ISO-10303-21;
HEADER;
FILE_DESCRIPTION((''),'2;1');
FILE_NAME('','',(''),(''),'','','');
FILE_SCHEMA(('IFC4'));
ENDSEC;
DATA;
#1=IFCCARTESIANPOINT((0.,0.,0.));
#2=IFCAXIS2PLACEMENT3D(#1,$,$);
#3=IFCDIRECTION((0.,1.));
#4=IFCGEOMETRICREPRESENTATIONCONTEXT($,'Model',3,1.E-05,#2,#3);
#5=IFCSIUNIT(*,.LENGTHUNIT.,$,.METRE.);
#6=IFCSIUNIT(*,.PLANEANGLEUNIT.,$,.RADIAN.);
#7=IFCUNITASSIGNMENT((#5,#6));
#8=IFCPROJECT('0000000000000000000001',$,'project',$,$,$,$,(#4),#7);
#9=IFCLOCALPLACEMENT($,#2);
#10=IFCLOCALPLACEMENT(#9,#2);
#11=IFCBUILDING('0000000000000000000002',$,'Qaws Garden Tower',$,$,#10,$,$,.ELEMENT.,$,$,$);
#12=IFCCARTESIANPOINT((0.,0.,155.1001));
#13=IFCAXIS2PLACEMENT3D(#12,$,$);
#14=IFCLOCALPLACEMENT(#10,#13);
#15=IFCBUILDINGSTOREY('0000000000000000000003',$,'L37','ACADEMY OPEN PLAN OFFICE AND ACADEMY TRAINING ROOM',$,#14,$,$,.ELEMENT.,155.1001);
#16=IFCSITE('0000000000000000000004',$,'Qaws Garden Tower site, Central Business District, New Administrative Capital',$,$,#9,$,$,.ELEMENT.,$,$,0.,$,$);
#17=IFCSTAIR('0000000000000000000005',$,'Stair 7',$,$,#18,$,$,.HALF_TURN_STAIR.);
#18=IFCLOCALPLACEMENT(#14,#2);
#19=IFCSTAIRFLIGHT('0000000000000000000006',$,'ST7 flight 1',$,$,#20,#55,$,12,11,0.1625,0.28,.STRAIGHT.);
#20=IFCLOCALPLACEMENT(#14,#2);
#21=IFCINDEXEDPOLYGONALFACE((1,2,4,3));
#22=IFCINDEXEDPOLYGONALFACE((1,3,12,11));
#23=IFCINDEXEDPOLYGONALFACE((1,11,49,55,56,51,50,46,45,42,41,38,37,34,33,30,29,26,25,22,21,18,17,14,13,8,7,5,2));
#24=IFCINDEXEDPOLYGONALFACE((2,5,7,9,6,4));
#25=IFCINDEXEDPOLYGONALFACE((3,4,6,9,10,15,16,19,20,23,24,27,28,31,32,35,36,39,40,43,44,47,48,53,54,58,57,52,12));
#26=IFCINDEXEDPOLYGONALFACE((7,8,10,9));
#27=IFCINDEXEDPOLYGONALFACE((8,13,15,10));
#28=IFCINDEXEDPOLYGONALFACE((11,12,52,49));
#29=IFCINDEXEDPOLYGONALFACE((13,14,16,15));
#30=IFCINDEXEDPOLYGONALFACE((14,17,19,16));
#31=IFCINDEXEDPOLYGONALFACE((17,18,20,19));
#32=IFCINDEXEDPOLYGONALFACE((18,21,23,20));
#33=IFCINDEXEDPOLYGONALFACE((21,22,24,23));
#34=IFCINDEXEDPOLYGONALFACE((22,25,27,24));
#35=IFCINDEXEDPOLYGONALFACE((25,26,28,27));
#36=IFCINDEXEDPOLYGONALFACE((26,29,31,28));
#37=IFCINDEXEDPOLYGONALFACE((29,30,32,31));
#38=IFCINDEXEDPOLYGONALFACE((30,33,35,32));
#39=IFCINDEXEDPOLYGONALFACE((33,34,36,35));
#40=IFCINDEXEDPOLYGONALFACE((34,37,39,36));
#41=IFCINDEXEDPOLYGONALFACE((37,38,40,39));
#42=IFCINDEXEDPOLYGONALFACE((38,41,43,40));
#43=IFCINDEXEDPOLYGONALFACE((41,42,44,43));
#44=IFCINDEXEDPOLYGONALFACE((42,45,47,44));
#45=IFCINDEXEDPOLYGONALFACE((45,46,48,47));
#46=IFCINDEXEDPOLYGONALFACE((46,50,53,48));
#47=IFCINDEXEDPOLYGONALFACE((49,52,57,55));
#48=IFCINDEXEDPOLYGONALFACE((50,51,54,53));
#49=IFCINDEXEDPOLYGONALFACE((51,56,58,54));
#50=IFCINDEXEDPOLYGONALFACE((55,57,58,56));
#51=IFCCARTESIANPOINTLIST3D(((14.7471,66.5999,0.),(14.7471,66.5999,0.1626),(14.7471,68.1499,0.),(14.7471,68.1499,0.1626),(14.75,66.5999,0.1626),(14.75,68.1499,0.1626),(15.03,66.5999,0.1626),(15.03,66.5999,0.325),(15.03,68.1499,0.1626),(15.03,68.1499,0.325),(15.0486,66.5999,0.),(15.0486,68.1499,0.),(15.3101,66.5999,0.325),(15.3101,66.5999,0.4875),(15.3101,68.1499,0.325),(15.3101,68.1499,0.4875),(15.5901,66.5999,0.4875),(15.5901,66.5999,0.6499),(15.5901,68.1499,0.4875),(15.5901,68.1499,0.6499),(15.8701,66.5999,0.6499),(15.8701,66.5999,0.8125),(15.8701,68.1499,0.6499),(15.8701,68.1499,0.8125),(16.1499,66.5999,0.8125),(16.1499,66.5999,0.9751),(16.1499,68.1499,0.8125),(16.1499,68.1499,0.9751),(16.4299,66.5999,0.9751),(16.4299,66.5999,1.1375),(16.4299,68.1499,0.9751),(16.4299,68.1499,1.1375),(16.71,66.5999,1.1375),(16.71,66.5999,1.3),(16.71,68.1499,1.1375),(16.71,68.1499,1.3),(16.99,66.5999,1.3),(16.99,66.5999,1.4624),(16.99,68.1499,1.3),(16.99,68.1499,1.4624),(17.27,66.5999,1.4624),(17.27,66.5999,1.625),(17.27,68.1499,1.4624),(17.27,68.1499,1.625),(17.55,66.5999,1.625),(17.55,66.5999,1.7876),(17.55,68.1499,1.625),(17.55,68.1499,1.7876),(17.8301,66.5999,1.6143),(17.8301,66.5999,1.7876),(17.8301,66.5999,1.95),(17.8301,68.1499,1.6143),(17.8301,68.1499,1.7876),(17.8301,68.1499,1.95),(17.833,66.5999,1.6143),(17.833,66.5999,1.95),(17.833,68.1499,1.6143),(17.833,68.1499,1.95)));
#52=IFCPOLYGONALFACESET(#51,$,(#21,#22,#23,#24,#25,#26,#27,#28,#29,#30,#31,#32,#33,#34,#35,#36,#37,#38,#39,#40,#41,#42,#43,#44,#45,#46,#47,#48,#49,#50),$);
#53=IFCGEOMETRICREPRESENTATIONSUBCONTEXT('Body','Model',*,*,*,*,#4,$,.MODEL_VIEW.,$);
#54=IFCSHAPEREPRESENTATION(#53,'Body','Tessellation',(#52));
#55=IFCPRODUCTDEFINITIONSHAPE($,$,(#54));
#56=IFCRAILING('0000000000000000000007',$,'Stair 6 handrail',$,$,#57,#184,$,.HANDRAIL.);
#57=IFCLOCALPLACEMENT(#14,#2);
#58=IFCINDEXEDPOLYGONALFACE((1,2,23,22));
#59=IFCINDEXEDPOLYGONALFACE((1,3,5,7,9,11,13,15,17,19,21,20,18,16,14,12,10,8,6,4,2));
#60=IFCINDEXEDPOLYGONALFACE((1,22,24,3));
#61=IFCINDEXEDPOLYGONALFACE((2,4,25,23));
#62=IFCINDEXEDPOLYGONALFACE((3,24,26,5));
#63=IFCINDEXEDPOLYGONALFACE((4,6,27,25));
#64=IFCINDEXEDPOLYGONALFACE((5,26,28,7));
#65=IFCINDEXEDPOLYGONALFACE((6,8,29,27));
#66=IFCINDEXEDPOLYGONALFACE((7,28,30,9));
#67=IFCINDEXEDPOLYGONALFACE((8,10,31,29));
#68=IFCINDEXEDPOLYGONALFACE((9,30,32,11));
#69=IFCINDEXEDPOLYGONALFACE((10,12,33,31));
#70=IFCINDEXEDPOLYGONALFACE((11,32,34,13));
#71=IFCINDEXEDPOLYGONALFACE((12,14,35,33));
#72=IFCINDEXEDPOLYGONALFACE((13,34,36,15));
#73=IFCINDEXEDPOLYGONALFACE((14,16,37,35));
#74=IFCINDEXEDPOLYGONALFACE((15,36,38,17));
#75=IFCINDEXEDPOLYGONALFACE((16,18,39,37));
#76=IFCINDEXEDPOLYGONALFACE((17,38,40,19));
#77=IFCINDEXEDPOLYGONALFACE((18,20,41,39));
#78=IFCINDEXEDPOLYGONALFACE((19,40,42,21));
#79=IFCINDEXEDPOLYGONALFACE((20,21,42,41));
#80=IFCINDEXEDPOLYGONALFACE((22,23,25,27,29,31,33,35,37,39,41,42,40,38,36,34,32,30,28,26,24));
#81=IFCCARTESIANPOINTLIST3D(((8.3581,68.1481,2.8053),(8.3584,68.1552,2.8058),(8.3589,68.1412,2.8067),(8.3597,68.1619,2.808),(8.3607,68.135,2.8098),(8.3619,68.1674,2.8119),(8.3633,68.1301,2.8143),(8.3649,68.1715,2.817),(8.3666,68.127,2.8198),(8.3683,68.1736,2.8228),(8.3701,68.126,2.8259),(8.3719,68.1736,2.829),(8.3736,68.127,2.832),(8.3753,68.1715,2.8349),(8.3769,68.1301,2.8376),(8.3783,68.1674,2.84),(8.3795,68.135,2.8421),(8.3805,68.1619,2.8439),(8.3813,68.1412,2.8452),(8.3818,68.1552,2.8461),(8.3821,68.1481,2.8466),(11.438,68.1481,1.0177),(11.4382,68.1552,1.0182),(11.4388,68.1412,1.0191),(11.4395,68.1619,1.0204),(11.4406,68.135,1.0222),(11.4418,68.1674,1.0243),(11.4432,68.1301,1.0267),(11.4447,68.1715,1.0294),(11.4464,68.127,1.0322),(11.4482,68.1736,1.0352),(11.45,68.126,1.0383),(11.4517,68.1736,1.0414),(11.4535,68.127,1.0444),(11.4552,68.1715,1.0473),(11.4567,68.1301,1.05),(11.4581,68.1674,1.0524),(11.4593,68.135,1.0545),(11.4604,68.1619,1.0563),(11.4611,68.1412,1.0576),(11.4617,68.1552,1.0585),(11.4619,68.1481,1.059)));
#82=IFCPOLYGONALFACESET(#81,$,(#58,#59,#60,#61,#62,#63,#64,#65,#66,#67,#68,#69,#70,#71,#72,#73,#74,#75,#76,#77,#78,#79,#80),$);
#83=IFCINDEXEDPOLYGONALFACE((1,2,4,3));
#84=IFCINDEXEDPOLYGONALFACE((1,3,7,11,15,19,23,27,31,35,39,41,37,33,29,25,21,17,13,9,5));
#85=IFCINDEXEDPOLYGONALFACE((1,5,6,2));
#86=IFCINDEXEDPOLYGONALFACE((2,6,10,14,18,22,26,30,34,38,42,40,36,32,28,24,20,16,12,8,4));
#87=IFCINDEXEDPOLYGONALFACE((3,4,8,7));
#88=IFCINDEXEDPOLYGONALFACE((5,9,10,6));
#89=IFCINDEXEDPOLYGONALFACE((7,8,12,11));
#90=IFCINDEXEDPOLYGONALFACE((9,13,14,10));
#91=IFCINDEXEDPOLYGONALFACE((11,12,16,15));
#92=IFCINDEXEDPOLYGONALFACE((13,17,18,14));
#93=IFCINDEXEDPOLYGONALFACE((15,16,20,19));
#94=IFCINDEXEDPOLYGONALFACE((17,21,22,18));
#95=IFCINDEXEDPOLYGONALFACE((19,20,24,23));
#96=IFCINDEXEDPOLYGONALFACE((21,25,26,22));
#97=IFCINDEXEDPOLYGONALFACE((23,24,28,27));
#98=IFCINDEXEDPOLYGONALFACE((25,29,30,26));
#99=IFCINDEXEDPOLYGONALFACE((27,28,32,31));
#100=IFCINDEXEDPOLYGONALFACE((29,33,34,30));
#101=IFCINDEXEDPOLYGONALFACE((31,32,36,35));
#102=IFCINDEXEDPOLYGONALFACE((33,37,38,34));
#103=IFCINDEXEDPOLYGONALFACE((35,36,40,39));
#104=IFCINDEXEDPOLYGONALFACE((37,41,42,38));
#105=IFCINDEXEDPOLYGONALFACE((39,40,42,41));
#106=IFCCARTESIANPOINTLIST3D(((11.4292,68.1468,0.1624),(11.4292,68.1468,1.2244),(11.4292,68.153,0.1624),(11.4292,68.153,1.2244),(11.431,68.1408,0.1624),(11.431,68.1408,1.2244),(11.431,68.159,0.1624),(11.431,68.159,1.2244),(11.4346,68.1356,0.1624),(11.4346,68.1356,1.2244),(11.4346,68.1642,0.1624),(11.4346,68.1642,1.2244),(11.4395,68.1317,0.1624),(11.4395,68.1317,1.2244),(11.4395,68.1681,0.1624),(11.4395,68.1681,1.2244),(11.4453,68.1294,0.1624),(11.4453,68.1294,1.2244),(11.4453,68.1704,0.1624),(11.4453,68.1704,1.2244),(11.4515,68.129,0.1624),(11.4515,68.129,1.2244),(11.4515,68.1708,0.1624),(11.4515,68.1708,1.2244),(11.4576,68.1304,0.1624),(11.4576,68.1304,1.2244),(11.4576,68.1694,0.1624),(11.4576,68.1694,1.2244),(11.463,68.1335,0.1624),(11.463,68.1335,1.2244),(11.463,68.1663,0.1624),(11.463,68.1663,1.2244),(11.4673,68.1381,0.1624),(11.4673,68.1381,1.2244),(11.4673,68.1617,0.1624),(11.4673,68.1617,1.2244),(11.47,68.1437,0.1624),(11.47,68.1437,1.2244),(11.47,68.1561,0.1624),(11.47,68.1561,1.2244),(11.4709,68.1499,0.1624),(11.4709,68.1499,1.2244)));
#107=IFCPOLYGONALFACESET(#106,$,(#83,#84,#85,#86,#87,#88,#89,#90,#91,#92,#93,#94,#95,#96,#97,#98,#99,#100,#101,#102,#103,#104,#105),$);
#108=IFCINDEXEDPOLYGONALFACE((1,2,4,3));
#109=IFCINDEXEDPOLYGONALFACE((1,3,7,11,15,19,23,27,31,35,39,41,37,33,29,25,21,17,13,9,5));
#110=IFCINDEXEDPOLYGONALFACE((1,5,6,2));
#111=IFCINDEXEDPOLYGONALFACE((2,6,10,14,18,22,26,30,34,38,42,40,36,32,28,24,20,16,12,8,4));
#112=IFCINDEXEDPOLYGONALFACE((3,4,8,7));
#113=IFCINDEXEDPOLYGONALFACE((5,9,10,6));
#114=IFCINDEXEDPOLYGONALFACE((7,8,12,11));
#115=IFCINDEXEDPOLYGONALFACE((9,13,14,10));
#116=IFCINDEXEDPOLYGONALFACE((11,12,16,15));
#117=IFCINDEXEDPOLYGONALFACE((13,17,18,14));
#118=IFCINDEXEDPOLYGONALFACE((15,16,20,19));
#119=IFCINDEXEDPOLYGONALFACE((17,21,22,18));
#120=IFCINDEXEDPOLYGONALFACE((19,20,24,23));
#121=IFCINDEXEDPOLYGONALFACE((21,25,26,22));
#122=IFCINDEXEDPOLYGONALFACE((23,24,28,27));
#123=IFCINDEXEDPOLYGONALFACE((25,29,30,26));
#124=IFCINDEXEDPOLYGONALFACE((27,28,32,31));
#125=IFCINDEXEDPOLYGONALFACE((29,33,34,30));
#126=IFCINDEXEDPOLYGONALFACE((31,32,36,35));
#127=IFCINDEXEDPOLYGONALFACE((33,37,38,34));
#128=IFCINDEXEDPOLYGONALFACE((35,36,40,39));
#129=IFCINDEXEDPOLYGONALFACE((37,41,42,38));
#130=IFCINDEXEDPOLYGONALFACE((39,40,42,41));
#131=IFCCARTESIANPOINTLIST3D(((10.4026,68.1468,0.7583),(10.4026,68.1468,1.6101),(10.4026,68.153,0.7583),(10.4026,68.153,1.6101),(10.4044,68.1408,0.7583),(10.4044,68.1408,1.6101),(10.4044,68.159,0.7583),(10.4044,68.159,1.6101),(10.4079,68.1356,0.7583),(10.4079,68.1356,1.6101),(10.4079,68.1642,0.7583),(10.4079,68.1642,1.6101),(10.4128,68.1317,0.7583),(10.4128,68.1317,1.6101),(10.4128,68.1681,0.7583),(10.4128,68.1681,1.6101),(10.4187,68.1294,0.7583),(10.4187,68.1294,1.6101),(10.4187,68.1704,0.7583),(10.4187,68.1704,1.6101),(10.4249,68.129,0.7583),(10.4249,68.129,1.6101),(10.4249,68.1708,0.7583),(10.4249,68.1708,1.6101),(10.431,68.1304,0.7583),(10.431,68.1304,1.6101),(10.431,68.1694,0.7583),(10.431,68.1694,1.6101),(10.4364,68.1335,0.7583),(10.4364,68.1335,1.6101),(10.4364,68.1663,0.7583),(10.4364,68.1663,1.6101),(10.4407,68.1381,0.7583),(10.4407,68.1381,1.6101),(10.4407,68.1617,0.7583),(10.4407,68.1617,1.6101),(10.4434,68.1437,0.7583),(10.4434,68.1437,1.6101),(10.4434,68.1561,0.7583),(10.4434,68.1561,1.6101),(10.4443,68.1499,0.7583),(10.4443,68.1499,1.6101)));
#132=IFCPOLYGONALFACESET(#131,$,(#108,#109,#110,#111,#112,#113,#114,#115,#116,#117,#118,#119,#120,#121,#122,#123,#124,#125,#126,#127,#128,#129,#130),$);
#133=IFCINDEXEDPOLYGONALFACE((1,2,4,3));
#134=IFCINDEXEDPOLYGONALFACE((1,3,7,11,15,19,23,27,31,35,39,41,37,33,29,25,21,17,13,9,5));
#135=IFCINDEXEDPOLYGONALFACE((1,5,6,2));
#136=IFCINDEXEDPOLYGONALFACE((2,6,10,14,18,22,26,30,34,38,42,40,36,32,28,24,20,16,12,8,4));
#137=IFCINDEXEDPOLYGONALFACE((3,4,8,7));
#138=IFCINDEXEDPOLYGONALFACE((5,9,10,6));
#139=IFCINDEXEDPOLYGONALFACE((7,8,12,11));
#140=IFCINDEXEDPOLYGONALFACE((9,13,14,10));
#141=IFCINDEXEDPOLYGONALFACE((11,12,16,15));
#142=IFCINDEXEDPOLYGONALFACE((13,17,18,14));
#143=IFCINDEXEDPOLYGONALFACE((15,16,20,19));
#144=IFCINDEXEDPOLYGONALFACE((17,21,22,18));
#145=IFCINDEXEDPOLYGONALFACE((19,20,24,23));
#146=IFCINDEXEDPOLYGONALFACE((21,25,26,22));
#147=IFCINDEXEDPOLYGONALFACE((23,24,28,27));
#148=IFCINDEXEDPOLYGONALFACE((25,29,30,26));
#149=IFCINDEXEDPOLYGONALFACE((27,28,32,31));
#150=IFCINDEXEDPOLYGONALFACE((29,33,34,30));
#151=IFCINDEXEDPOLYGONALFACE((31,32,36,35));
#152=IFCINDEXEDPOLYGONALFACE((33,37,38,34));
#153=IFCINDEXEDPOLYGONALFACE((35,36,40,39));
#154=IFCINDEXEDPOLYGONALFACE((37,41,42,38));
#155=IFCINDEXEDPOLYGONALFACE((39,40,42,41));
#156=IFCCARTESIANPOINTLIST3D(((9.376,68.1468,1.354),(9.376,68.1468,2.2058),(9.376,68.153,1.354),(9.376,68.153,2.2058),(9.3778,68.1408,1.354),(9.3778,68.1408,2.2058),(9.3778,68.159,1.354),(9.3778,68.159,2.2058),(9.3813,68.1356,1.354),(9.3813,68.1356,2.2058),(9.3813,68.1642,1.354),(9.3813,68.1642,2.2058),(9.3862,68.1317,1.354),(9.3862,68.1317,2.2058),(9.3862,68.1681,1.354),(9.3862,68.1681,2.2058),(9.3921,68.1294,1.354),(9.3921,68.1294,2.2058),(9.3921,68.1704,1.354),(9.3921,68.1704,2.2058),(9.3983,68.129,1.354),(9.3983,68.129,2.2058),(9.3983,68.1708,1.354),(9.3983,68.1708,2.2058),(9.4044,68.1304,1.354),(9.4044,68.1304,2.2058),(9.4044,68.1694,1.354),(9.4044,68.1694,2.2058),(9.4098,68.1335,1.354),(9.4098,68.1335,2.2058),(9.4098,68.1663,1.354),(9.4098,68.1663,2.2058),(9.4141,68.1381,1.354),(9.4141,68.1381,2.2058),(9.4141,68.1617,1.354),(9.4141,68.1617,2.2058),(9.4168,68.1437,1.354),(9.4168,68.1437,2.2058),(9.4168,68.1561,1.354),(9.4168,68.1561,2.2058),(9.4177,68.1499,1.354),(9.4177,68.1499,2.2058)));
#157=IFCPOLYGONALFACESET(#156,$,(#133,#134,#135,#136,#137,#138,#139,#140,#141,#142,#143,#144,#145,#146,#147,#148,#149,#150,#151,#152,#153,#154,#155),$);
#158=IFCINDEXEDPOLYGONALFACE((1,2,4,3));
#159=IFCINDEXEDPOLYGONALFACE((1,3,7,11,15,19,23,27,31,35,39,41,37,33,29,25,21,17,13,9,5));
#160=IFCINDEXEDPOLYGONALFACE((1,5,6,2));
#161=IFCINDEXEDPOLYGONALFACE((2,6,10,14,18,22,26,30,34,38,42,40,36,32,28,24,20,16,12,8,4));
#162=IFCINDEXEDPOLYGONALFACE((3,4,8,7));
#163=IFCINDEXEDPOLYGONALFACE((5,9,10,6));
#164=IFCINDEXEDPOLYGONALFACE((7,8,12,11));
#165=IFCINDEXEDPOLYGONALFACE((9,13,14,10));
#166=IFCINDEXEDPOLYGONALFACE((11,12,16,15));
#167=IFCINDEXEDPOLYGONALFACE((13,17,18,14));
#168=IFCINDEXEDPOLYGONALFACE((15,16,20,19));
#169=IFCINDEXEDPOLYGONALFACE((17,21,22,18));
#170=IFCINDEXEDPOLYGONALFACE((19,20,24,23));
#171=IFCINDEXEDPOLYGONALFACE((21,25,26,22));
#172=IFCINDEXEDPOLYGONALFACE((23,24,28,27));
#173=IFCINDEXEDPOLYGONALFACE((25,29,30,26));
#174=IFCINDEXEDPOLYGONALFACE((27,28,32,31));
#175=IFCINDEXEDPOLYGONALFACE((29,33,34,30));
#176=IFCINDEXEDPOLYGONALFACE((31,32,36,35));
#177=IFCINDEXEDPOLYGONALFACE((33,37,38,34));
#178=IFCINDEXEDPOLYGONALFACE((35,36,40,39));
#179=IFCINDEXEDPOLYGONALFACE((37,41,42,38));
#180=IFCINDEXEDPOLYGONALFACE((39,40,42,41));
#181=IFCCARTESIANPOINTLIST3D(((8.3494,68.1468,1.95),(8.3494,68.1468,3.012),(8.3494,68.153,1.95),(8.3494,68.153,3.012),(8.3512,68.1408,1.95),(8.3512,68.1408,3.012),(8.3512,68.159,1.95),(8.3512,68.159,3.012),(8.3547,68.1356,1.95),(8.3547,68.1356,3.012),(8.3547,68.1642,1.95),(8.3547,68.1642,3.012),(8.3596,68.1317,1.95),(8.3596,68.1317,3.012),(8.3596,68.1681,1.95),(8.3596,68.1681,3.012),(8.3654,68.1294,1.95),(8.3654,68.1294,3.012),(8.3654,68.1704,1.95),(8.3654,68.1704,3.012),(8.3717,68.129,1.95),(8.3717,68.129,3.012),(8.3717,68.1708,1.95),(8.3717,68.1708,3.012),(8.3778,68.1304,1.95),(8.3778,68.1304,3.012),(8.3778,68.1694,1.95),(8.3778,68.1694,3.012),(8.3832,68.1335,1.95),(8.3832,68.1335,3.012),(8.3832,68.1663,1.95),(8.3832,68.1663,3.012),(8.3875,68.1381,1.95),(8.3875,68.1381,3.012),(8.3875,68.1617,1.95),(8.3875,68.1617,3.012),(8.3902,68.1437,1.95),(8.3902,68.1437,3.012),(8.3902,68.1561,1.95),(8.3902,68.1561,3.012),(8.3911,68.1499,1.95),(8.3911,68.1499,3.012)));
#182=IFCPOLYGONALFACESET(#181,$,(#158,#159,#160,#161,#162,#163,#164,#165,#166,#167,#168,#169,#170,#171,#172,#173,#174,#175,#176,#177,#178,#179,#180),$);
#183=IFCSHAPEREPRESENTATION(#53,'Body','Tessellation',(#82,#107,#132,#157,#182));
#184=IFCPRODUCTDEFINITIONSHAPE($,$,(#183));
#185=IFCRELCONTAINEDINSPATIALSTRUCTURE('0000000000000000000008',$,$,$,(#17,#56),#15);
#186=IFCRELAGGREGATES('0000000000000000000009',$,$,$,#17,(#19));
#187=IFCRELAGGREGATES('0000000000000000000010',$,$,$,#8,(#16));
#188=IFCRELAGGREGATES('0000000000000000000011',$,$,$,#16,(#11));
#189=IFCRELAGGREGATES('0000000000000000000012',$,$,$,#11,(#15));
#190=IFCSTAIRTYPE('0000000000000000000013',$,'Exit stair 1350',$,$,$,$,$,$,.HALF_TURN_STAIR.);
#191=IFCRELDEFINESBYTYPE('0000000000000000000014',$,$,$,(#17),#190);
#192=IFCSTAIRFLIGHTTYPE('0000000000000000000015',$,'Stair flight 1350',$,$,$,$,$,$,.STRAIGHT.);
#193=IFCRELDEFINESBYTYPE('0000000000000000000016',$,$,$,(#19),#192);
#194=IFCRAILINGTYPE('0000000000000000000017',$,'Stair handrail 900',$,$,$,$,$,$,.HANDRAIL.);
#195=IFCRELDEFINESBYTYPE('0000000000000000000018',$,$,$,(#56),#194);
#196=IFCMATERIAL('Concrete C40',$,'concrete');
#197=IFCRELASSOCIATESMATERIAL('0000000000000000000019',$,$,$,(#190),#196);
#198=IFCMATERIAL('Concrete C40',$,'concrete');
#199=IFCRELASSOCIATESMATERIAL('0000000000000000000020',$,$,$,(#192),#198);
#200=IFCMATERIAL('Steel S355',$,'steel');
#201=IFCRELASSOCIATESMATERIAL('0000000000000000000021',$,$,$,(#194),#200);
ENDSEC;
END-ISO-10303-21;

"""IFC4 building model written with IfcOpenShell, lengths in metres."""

from ifc_helpers import new_model, si_unit, direction, frame, origin, origin_2d, place, context, subcontext, project, spatial, polyline, circle, outline, extrude, material, type_object, element, aggregate, save


model = new_model("IFC4")

# Units and contexts
model_context = context("Model", 3, precision=1e-05, world=origin(), true_north=direction((0.0, 1.0)))
body_context = subcontext(model_context, "Body", "Model", "MODEL_VIEW")
ifc_project = project(units=[si_unit("LENGTHUNIT", "METRE"), si_unit("PLANEANGLEUNIT", "RADIAN")], contexts=[model_context])

# Site, building, storey
site_placement = place(None, origin())
site = spatial("IfcSite", under=ifc_project, at=site_placement, Name="Qaws Garden Tower site, Central Business District, New Administrative Capital", CompositionType="ELEMENT", RefElevation=0.0)
building_placement = place(site_placement, origin())
building = spatial("IfcBuilding", under=site, at=building_placement, Name="Qaws Garden Tower", CompositionType="ELEMENT")
storey_placement = place(building_placement, frame((0.0, 0.0, 155.1001)))
storey = spatial("IfcBuildingStorey", under=building, at=storey_placement, Name="L37", Description="ACADEMY OPEN PLAN OFFICE AND ACADEMY TRAINING ROOM", CompositionType="ELEMENT", Elevation=155.1001)

# Shared definitions
ifc_material_1 = material(Name="Concrete C40", Category="concrete")
stair_type = type_object("IfcStairType", Name="Exit stair 1350", PredefinedType="HALF_TURN_STAIR", material=ifc_material_1)
placement = place(storey_placement, origin())
ifc_material_2 = material(Name="Concrete C40", Category="concrete")
stair_flight_type = type_object("IfcStairFlightType", Name="Stair flight 1350", PredefinedType="STRAIGHT", material=ifc_material_2)

# Stair, stair flight
stair_1 = element("IfcStair", 1, at=placement, inside=storey, type_object=stair_type, Name="Stair 7", PredefinedType="HALF_TURN_STAIR")
stair_flight_1_placement = place(storey_placement, frame((14.75, 67.375, 0.0), z_axis=(0.0, 0.0, 1.0), x_axis=(1.0, 0.0, 0.0)))
stair_flight_1 = element("IfcStairFlight", 2, at=stair_flight_1_placement, type_object=stair_flight_type, Name="ST7 flight 1", NumberOfRisers=12, NumberOfTreads=11, PredefinedType="STRAIGHT", RiserHeight=0.1625, TreadLength=0.28, context=body_context, shape_type="SweptSolid", body=[
    extrude(outline(polyline([(-0.0029, 0.0), (-0.0029, 0.1626), (0.0, 0.1626), (0.28, 0.1626), (0.28, 0.325), (0.5601, 0.325), (0.5601, 0.4875), (0.8401, 0.4875), (0.8401, 0.6499), (1.1201, 0.6499), (1.1201, 0.8125), (1.3999, 0.8125), (1.3999, 0.9751), (1.6799, 0.9751), (1.6799, 1.1375), (1.96, 1.1375), (1.96, 1.3), (2.24, 1.3), (2.24, 1.4624), (2.52, 1.4624), (2.52, 1.625), (2.8, 1.625), (2.8, 1.7876), (3.0801, 1.7876), (3.0801, 1.95), (3.083, 1.95), (3.083, 1.6143), (3.0801, 1.6143), (0.2986, 0.0), (-0.0029, 0.0)])), frame((0.0, 0.7749, 0.0), z_axis=(0.0, -1.0, 0.0), x_axis=(1.0, 0.0, 0.0)), (0.0, 0.0, 1.0), 1.55),
])
aggregate(stair_1, [stair_flight_1])

# Railing
ifc_material_3 = material(Name="Steel S355", Category="steel")
railing_type = type_object("IfcRailingType", Name="Stair handrail 900", PredefinedType="HANDRAIL", material=ifc_material_3)
railing_1_placement = place(storey_placement, frame((11.45, 68.1499, 0.1624)))
element("IfcRailing", 3, at=railing_1_placement, inside=storey, type_object=railing_type, Name="Stair 6 handrail", PredefinedType="HANDRAIL", context=body_context, shape_type="SweptSolid", body=[
    extrude(circle(Radius=0.0239, at=origin_2d()), frame((0.0, 0.0, 0.876), z_axis=(-0.864873, 0.0, 0.50199), x_axis=(0.0, -1.0, 0.0)), (0.0, 0.0, 1.0), 3.561),
    extrude(circle(Radius=0.021, at=origin_2d()), origin(), (0.0, 0.0, 1.0), 1.062),
    extrude(circle(Radius=0.021, at=origin_2d()), frame((-1.0266, 0.0, 0.5959)), (0.0, 0.0, 1.0), 0.8518),
    extrude(circle(Radius=0.021, at=origin_2d()), frame((-2.0532, 0.0, 1.1917)), (0.0, 0.0, 1.0), 0.8518),
    extrude(circle(Radius=0.021, at=origin_2d()), frame((-3.0798, 0.0, 1.7876)), (0.0, 0.0, 1.0), 1.062),
])

save(model, "model.ifc")
